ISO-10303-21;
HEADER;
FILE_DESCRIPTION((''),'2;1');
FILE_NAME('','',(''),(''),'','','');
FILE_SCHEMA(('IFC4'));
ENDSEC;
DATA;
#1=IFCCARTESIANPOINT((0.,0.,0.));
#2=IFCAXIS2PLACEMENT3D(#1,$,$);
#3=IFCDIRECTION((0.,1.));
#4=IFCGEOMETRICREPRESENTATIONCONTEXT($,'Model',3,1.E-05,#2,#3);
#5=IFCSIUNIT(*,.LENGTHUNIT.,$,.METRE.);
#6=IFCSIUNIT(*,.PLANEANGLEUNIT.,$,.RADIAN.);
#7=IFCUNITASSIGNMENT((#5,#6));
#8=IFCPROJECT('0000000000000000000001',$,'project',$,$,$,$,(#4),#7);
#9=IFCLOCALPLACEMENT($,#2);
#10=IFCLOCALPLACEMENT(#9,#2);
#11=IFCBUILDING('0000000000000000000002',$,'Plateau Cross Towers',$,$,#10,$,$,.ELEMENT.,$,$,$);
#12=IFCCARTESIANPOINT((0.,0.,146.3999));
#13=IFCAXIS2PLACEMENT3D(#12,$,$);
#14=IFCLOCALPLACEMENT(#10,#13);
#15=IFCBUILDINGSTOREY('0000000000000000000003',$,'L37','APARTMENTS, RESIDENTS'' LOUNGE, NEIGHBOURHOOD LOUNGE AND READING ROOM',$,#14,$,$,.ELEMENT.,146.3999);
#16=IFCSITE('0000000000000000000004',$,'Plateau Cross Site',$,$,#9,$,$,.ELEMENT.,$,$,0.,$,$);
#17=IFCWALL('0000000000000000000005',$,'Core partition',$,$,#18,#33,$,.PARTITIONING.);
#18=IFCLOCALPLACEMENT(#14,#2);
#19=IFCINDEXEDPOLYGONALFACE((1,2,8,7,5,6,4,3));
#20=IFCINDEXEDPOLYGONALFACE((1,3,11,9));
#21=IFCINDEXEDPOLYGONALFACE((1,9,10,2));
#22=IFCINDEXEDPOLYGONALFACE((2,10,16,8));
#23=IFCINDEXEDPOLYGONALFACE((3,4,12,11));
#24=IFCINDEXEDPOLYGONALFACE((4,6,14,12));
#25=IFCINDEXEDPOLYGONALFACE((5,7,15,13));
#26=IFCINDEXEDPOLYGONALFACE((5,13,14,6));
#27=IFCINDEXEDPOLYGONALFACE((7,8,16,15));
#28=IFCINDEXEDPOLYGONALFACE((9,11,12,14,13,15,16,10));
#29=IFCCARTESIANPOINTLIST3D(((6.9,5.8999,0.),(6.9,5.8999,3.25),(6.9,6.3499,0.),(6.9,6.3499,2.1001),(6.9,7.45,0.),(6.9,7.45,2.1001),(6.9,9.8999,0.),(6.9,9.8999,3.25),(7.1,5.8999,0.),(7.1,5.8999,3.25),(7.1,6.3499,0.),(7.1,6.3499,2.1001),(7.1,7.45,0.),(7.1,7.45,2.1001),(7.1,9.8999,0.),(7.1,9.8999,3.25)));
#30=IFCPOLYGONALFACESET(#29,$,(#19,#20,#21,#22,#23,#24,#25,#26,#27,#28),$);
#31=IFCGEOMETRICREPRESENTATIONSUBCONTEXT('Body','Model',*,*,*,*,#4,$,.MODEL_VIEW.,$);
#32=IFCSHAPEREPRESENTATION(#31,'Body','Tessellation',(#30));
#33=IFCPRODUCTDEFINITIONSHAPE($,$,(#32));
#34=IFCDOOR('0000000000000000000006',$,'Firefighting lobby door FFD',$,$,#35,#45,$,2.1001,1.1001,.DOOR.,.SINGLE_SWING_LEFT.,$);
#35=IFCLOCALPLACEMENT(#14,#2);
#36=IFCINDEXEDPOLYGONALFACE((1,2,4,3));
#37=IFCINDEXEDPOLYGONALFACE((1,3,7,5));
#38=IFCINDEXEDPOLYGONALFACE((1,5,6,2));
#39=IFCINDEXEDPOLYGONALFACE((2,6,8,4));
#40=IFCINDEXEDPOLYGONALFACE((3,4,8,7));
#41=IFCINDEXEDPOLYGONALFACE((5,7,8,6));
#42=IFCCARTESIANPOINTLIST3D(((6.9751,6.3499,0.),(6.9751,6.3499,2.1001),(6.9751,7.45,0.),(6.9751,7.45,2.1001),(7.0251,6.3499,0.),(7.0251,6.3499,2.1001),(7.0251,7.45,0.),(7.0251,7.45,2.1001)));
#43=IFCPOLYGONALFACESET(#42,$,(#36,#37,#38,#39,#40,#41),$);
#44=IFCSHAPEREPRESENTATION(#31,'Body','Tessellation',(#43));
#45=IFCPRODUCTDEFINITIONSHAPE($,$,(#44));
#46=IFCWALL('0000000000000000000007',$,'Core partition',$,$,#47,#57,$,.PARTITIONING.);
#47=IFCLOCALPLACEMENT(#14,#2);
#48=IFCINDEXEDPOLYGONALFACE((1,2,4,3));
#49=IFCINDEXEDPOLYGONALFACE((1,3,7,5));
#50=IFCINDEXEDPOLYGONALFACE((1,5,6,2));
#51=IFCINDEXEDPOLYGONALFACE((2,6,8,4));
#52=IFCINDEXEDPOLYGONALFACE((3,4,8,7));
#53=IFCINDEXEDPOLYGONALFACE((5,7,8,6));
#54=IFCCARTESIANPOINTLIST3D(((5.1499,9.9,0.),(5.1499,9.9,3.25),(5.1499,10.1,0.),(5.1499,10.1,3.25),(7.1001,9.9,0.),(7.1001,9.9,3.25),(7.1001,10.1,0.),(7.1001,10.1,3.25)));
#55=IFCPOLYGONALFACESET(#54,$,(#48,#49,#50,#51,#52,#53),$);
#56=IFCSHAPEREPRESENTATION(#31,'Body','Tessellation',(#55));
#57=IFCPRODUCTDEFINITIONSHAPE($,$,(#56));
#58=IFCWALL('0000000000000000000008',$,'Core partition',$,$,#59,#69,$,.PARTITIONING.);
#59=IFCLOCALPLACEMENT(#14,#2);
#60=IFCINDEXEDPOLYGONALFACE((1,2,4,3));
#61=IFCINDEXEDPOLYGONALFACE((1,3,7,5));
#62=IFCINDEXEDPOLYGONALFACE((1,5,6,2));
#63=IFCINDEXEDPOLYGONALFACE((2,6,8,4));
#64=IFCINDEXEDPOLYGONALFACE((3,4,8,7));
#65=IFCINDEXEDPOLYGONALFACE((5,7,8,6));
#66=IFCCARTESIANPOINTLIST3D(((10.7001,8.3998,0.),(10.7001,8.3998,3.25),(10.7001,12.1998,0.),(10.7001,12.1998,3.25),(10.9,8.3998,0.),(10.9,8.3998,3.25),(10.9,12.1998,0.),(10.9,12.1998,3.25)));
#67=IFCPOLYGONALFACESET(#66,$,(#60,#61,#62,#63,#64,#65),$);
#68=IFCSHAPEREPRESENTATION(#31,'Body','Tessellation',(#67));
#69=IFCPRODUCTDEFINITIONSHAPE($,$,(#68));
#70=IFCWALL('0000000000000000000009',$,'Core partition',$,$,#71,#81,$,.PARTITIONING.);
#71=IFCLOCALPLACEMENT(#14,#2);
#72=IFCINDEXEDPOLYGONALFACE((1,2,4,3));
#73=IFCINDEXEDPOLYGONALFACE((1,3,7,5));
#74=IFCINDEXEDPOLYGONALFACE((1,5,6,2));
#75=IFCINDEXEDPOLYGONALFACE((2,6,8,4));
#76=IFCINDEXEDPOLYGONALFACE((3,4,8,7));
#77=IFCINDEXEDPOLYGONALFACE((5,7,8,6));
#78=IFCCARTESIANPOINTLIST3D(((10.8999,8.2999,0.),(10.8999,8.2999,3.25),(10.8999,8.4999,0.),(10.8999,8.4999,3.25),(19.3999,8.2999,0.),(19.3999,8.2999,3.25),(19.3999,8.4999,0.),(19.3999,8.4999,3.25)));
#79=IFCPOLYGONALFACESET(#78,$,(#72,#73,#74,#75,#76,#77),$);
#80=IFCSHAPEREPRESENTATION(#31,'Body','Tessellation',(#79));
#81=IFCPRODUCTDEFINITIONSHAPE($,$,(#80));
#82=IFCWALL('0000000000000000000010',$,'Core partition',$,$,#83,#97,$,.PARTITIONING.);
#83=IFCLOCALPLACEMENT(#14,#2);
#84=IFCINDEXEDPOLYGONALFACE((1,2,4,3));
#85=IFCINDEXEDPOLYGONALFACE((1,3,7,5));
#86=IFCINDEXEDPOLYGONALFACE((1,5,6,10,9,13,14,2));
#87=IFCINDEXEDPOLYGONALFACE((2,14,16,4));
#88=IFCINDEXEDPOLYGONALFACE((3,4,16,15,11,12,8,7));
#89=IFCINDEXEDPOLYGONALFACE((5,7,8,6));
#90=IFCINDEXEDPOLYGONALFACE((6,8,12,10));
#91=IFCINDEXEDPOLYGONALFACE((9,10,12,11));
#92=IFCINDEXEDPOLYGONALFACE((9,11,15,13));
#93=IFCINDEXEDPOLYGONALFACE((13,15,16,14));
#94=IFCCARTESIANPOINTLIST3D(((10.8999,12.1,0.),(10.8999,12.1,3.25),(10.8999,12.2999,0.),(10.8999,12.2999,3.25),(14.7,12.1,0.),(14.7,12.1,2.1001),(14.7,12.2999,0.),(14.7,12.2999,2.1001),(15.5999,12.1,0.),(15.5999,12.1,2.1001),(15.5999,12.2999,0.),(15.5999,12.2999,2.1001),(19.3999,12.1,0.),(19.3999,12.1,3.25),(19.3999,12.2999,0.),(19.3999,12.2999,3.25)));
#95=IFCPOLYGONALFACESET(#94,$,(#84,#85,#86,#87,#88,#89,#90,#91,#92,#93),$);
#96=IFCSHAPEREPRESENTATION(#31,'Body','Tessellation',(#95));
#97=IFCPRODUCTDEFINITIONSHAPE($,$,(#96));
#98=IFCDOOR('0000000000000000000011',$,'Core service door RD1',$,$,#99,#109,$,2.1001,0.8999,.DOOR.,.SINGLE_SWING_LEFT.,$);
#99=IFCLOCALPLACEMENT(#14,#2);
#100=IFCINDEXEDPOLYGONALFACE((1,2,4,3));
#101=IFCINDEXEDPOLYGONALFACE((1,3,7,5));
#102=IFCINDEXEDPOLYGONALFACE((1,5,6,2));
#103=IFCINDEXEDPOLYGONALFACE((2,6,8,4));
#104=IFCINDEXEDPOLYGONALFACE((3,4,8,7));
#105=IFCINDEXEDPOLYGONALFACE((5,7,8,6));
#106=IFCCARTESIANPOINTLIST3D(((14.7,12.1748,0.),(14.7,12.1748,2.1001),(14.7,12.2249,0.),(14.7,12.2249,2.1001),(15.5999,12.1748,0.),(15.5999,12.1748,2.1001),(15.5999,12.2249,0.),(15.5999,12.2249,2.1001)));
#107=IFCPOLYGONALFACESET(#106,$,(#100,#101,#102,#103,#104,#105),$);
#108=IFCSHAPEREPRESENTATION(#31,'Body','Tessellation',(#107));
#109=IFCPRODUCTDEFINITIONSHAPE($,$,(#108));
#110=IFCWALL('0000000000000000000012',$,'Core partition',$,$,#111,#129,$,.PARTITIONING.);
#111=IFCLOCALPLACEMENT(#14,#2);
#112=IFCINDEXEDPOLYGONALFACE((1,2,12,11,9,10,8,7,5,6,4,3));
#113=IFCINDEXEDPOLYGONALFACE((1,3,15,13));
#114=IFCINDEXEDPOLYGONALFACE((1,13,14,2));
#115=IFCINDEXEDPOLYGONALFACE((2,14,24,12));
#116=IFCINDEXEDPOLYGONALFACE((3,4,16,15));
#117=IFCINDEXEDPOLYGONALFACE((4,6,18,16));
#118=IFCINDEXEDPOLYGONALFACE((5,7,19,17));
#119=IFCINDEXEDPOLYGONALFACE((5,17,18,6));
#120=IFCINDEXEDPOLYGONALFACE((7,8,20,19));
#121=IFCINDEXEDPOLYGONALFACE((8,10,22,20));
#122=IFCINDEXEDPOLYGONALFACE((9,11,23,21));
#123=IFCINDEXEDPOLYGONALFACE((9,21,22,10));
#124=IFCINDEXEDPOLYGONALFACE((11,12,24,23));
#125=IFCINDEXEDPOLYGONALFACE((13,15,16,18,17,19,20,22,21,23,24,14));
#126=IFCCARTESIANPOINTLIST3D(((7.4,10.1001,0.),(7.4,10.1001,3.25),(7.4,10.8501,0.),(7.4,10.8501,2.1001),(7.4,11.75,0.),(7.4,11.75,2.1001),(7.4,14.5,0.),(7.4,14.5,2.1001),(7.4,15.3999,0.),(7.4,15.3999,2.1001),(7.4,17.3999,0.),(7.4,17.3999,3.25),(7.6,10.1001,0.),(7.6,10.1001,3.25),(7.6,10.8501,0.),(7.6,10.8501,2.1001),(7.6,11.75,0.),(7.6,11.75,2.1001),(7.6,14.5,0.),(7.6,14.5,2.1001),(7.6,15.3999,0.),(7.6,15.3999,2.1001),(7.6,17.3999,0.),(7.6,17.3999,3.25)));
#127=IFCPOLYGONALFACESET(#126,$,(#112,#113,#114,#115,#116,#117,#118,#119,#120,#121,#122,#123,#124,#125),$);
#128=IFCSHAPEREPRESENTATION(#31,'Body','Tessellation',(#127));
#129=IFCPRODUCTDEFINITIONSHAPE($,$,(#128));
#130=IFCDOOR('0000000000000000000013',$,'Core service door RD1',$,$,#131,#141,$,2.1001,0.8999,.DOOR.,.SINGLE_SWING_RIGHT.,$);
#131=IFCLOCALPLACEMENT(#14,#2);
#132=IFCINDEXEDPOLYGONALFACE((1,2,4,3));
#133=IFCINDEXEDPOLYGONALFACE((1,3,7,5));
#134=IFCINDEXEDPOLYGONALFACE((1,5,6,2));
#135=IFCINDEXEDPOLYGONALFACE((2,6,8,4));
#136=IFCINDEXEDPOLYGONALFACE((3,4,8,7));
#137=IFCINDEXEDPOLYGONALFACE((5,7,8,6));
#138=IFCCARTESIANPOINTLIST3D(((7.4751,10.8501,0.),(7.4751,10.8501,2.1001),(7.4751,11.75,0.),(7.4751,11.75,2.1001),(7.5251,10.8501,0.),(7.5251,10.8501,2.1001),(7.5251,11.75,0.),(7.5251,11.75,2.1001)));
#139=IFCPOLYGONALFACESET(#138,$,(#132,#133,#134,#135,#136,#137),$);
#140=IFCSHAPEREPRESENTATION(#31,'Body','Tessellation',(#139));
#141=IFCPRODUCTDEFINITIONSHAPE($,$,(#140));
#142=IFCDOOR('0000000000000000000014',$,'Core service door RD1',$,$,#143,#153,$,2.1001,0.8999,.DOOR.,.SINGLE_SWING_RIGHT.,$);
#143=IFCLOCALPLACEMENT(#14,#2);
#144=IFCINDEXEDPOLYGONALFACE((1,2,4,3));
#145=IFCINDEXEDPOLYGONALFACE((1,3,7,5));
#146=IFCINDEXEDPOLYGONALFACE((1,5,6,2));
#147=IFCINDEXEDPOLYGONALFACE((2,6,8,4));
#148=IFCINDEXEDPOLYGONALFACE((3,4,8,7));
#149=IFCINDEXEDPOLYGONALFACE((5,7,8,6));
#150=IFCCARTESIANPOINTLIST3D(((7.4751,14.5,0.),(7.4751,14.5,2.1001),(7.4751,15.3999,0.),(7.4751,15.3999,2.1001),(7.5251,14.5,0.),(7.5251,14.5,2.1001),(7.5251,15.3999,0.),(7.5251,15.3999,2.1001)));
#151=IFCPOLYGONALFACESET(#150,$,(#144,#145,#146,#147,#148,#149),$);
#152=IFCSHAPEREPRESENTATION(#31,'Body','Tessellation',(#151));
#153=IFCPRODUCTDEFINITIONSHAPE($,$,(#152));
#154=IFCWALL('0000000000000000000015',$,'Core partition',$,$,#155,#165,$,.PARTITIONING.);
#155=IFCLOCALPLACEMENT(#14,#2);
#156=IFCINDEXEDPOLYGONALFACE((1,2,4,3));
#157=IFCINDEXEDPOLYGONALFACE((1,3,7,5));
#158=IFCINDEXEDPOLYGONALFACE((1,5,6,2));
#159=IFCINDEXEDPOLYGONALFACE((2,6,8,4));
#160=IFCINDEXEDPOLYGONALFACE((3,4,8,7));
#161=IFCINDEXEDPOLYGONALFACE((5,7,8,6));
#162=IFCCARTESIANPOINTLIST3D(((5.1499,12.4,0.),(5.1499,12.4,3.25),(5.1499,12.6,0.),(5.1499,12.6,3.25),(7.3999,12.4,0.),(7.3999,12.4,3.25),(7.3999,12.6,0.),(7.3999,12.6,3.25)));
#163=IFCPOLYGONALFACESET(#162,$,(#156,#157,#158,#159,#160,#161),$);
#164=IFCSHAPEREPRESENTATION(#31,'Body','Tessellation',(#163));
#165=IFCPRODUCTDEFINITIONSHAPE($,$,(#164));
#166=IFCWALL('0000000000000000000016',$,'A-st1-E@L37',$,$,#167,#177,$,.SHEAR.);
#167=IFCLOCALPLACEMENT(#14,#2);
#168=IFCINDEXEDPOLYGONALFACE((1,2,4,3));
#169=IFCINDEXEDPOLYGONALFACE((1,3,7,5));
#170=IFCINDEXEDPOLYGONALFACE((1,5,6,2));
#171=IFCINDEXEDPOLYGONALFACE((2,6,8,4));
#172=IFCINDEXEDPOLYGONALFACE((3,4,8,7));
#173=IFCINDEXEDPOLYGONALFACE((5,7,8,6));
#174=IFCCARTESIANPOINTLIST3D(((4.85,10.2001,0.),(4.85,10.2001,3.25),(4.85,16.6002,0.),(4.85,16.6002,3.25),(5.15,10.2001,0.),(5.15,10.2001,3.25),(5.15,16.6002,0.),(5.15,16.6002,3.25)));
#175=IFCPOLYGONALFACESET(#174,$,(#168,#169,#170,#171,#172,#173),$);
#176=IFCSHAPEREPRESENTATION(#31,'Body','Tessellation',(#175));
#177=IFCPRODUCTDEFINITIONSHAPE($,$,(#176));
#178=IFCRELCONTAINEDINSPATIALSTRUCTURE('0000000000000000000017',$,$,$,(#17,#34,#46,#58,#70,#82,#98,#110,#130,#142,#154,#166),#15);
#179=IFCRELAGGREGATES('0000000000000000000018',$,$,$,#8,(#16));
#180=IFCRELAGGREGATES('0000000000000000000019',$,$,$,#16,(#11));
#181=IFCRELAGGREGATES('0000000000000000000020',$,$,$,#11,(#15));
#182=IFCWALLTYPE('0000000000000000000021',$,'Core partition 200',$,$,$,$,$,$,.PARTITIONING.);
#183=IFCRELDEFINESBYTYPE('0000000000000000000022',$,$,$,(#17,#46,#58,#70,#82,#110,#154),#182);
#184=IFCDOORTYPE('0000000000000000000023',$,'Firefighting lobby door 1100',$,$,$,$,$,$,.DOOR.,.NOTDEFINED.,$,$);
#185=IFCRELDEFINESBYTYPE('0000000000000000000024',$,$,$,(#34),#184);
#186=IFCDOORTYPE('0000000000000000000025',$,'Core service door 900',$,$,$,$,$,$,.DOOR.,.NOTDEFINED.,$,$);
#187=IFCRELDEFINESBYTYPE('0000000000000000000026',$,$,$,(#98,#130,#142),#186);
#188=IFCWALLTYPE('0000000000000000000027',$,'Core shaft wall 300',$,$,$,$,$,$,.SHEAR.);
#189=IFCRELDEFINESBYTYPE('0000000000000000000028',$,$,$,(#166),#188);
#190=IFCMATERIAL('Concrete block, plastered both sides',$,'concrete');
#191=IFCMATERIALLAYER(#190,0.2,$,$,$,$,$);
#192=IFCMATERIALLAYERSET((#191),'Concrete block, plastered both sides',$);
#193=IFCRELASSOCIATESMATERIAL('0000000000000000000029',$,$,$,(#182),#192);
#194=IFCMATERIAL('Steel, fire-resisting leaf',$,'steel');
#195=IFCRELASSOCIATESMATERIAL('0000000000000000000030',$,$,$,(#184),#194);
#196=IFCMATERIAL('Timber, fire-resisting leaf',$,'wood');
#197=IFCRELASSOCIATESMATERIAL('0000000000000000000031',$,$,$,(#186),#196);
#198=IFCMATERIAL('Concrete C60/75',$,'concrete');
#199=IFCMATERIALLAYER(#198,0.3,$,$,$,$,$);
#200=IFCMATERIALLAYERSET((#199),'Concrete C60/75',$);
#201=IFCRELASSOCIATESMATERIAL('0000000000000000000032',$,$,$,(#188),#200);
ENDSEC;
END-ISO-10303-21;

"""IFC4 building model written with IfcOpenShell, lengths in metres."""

from ifc_helpers import new_model, si_unit, direction, frame, frame_2d, origin, place, context, subcontext, project, spatial, rectangle, extrude, material, layer, layer_set, type_object, element, fill, save


model = new_model("IFC4")

# Units and contexts
model_context = context("Model", 3, precision=1e-05, world=origin(), true_north=direction((0.0, 1.0)))
body_context = subcontext(model_context, "Body", "Model", "MODEL_VIEW")
ifc_project = project(units=[si_unit("LENGTHUNIT", "METRE"), si_unit("PLANEANGLEUNIT", "RADIAN")], contexts=[model_context])

# Site, building, storey
site_placement = place(None, origin())
site = spatial("IfcSite", under=ifc_project, at=site_placement, Name="Plateau Cross Site", CompositionType="ELEMENT", RefElevation=0.0)
building_placement = place(site_placement, origin())
building = spatial("IfcBuilding", under=site, at=building_placement, Name="Plateau Cross Towers", CompositionType="ELEMENT")
storey_placement = place(building_placement, frame((0.0, 0.0, 146.3999)))
storey = spatial("IfcBuildingStorey", under=building, at=storey_placement, Name="L37", Description="APARTMENTS, RESIDENTS' LOUNGE, NEIGHBOURHOOD LOUNGE AND READING ROOM", CompositionType="ELEMENT", Elevation=146.3999)

# Wall, opening, door
ifc_material_1 = material(Name="Concrete block, plastered both sides", Category="concrete")
ifc_layer_1 = layer(ifc_material_1, 0.2)
ifc_layer_set_1 = layer_set([ifc_layer_1], Name="Concrete block, plastered both sides")
wall_type_1 = type_object("IfcWallType", Name="Core partition 200", PredefinedType="PARTITIONING", material=ifc_layer_set_1)
wall_1_placement = place(storey_placement, frame((7.0, 5.8999, 0.0), z_axis=(0.0, 0.0, 1.0), x_axis=(0.0, 1.0, 0.0)))
wall_1 = element("IfcWall", 1, at=wall_1_placement, inside=storey, type_object=wall_type_1, Name="Core partition", PredefinedType="PARTITIONING", context=body_context, shape_type="SweptSolid", body=[
    extrude(rectangle(XDim=4.0, YDim=0.2, at=frame_2d((2.0, 0.0))), origin(), (0.0, 0.0, 1.0), 3.25),
])
opening_1_placement = place(wall_1_placement, frame((0.45, 0.0, 0.0)))
opening_1 = element("IfcOpeningElement", 2, at=opening_1_placement, cuts=wall_1, PredefinedType="OPENING", context=body_context, shape_type="SweptSolid", body=[
    extrude(rectangle(XDim=1.1001, YDim=2.1001, at=frame_2d((0.55, 1.05))), frame((0.0, 0.1099, 0.0), z_axis=(0.0, -1.0, 0.0), x_axis=(1.0, 0.0, 0.0)), (0.0, 0.0, 1.0), 0.22),
])
ifc_material_2 = material(Name="Steel, fire-resisting leaf", Category="steel")
door_type_1 = type_object("IfcDoorType", Name="Firefighting lobby door 1100", OperationType="NOTDEFINED", PredefinedType="DOOR", material=ifc_material_2)
door_1_placement = place(opening_1_placement, origin())
door_1 = element("IfcDoor", 3, at=door_1_placement, inside=storey, type_object=door_type_1, Name="Firefighting lobby door FFD", OperationType="SINGLE_SWING_LEFT", OverallHeight=2.1001, OverallWidth=1.1001, PredefinedType="DOOR", context=body_context, shape_type="SweptSolid", body=[
    extrude(rectangle(XDim=1.1001, YDim=2.1001, at=frame_2d((0.55, 1.05))), frame((0.0, 0.0249, 0.0), z_axis=(0.0, -1.0, 0.0), x_axis=(1.0, 0.0, 0.0)), (0.0, 0.0, 1.0), 0.05),
])
fill(opening_1, door_1)

# Walls
wall_2_placement = place(storey_placement, frame((5.1499, 10.0, 0.0), z_axis=(0.0, 0.0, 1.0), x_axis=(1.0, 0.0, 0.0)))
element("IfcWall", 4, at=wall_2_placement, inside=storey, type_object=wall_type_1, Name="Core partition", PredefinedType="PARTITIONING", context=body_context, shape_type="SweptSolid", body=[
    extrude(rectangle(XDim=1.9502, YDim=0.2, at=frame_2d((0.9751, 0.0))), origin(), (0.0, 0.0, 1.0), 3.25),
])
wall_3_placement = place(storey_placement, frame((10.8, 8.3999, 0.0), z_axis=(0.0, 0.0, 1.0), x_axis=(0.0, 1.0, 0.0)))
element("IfcWall", 5, at=wall_3_placement, inside=storey, type_object=wall_type_1, Name="Core partition", PredefinedType="PARTITIONING", context=body_context, shape_type="SweptSolid", body=[
    extrude(rectangle(XDim=3.8, YDim=0.2, at=frame_2d((1.8999, 0.0))), origin(), (0.0, 0.0, 1.0), 3.25),
])
wall_4_placement = place(storey_placement, frame((10.8999, 8.3999, 0.0), z_axis=(0.0, 0.0, 1.0), x_axis=(1.0, 0.0, 0.0)))
element("IfcWall", 6, at=wall_4_placement, inside=storey, type_object=wall_type_1, Name="Core partition", PredefinedType="PARTITIONING", context=body_context, shape_type="SweptSolid", body=[
    extrude(rectangle(XDim=8.5, YDim=0.2, at=frame_2d((4.25, 0.0))), origin(), (0.0, 0.0, 1.0), 3.25),
])

# Wall, opening, door
wall_5_placement = place(storey_placement, frame((10.8999, 12.2, 0.0), z_axis=(0.0, 0.0, 1.0), x_axis=(1.0, 0.0, 0.0)))
wall_5 = element("IfcWall", 7, at=wall_5_placement, inside=storey, type_object=wall_type_1, Name="Core partition", PredefinedType="PARTITIONING", context=body_context, shape_type="SweptSolid", body=[
    extrude(rectangle(XDim=8.5, YDim=0.2, at=frame_2d((4.25, 0.0))), origin(), (0.0, 0.0, 1.0), 3.25),
])
opening_2_placement = place(wall_5_placement, frame((3.8, 0.0, 0.0)))
opening_2 = element("IfcOpeningElement", 8, at=opening_2_placement, cuts=wall_5, PredefinedType="OPENING", context=body_context, shape_type="SweptSolid", body=[
    extrude(rectangle(XDim=0.8999, YDim=2.1001, at=frame_2d((0.45, 1.05))), frame((0.0, 0.1099, 0.0), z_axis=(0.0, -1.0, 0.0), x_axis=(1.0, 0.0, 0.0)), (0.0, 0.0, 1.0), 0.22),
])
ifc_material_3 = material(Name="Timber, fire-resisting leaf", Category="wood")
door_type_2 = type_object("IfcDoorType", Name="Core service door 900", OperationType="NOTDEFINED", PredefinedType="DOOR", material=ifc_material_3)
door_2_placement = place(opening_2_placement, origin())
door_2 = element("IfcDoor", 9, at=door_2_placement, inside=storey, type_object=door_type_2, Name="Core service door RD1", OperationType="SINGLE_SWING_LEFT", OverallHeight=2.1001, OverallWidth=0.8999, PredefinedType="DOOR", context=body_context, shape_type="SweptSolid", body=[
    extrude(rectangle(XDim=0.8999, YDim=2.1001, at=frame_2d((0.45, 1.05))), frame((0.0, 0.0249, 0.0), z_axis=(0.0, -1.0, 0.0), x_axis=(1.0, 0.0, 0.0)), (0.0, 0.0, 1.0), 0.05),
])
fill(opening_2, door_2)

# Wall, openings, doors
wall_6_placement = place(storey_placement, frame((7.5, 10.1001, 0.0), z_axis=(0.0, 0.0, 1.0), x_axis=(0.0, 1.0, 0.0)))
wall_6 = element("IfcWall", 10, at=wall_6_placement, inside=storey, type_object=wall_type_1, Name="Core partition", PredefinedType="PARTITIONING", context=body_context, shape_type="SweptSolid", body=[
    extrude(rectangle(XDim=7.2998, YDim=0.2, at=frame_2d((3.6499, 0.0))), origin(), (0.0, 0.0, 1.0), 3.25),
])
opening_3_placement = place(wall_6_placement, frame((0.75, 0.0, 0.0)))
opening_3 = element("IfcOpeningElement", 11, at=opening_3_placement, cuts=wall_6, PredefinedType="OPENING", context=body_context, shape_type="SweptSolid", body=[
    extrude(rectangle(XDim=0.8999, YDim=2.1001, at=frame_2d((0.45, 1.05))), frame((0.0, 0.1099, 0.0), z_axis=(0.0, -1.0, 0.0), x_axis=(1.0, 0.0, 0.0)), (0.0, 0.0, 1.0), 0.22),
])
opening_4_placement = place(wall_6_placement, frame((4.3999, 0.0, 0.0)))
opening_4 = element("IfcOpeningElement", 12, at=opening_4_placement, cuts=wall_6, PredefinedType="OPENING", context=body_context, shape_type="SweptSolid", body=[
    extrude(rectangle(XDim=0.8999, YDim=2.1001, at=frame_2d((0.45, 1.05))), frame((0.0, 0.1099, 0.0), z_axis=(0.0, -1.0, 0.0), x_axis=(1.0, 0.0, 0.0)), (0.0, 0.0, 1.0), 0.22),
])
door_3_placement = place(opening_3_placement, origin())
door_3 = element("IfcDoor", 13, at=door_3_placement, inside=storey, type_object=door_type_2, Name="Core service door RD1", OperationType="SINGLE_SWING_RIGHT", OverallHeight=2.1001, OverallWidth=0.8999, PredefinedType="DOOR", context=body_context, shape_type="SweptSolid", body=[
    extrude(rectangle(XDim=0.8999, YDim=2.1001, at=frame_2d((0.45, 1.05))), frame((0.0, 0.0249, 0.0), z_axis=(0.0, -1.0, 0.0), x_axis=(1.0, 0.0, 0.0)), (0.0, 0.0, 1.0), 0.05),
])
fill(opening_3, door_3)
door_4_placement = place(opening_4_placement, origin())
door_4 = element("IfcDoor", 14, at=door_4_placement, inside=storey, type_object=door_type_2, Name="Core service door RD1", OperationType="SINGLE_SWING_RIGHT", OverallHeight=2.1001, OverallWidth=0.8999, PredefinedType="DOOR", context=body_context, shape_type="SweptSolid", body=[
    extrude(rectangle(XDim=0.8999, YDim=2.1001, at=frame_2d((0.45, 1.05))), frame((0.0, 0.0249, 0.0), z_axis=(0.0, -1.0, 0.0), x_axis=(1.0, 0.0, 0.0)), (0.0, 0.0, 1.0), 0.05),
])
fill(opening_4, door_4)

# Walls
wall_7_placement = place(storey_placement, frame((5.1499, 12.5, 0.0), z_axis=(0.0, 0.0, 1.0), x_axis=(1.0, 0.0, 0.0)))
element("IfcWall", 15, at=wall_7_placement, inside=storey, type_object=wall_type_1, Name="Core partition", PredefinedType="PARTITIONING", context=body_context, shape_type="SweptSolid", body=[
    extrude(rectangle(XDim=2.25, YDim=0.2, at=frame_2d((1.125, 0.0))), origin(), (0.0, 0.0, 1.0), 3.25),
])
ifc_material_4 = material(Name="Concrete C60/75", Category="concrete")
ifc_layer_2 = layer(ifc_material_4, 0.3)
ifc_layer_set_2 = layer_set([ifc_layer_2], Name="Concrete C60/75")
wall_type_2 = type_object("IfcWallType", Name="Core shaft wall 300", PredefinedType="SHEAR", material=ifc_layer_set_2)
wall_8_placement = place(storey_placement, frame((5.0, 10.2, 0.0), z_axis=(0.0, 0.0, 1.0), x_axis=(0.0, 1.0, 0.0)))
element("IfcWall", 16, at=wall_8_placement, inside=storey, type_object=wall_type_2, Name="A-st1-E@L37", PredefinedType="SHEAR", context=body_context, shape_type="SweptSolid", body=[
    extrude(rectangle(XDim=6.4001, YDim=0.3, at=frame_2d((3.2002, 0.0))), origin(), (0.0, 0.0, 1.0), 3.25),
])

save(model, "model.ifc")
